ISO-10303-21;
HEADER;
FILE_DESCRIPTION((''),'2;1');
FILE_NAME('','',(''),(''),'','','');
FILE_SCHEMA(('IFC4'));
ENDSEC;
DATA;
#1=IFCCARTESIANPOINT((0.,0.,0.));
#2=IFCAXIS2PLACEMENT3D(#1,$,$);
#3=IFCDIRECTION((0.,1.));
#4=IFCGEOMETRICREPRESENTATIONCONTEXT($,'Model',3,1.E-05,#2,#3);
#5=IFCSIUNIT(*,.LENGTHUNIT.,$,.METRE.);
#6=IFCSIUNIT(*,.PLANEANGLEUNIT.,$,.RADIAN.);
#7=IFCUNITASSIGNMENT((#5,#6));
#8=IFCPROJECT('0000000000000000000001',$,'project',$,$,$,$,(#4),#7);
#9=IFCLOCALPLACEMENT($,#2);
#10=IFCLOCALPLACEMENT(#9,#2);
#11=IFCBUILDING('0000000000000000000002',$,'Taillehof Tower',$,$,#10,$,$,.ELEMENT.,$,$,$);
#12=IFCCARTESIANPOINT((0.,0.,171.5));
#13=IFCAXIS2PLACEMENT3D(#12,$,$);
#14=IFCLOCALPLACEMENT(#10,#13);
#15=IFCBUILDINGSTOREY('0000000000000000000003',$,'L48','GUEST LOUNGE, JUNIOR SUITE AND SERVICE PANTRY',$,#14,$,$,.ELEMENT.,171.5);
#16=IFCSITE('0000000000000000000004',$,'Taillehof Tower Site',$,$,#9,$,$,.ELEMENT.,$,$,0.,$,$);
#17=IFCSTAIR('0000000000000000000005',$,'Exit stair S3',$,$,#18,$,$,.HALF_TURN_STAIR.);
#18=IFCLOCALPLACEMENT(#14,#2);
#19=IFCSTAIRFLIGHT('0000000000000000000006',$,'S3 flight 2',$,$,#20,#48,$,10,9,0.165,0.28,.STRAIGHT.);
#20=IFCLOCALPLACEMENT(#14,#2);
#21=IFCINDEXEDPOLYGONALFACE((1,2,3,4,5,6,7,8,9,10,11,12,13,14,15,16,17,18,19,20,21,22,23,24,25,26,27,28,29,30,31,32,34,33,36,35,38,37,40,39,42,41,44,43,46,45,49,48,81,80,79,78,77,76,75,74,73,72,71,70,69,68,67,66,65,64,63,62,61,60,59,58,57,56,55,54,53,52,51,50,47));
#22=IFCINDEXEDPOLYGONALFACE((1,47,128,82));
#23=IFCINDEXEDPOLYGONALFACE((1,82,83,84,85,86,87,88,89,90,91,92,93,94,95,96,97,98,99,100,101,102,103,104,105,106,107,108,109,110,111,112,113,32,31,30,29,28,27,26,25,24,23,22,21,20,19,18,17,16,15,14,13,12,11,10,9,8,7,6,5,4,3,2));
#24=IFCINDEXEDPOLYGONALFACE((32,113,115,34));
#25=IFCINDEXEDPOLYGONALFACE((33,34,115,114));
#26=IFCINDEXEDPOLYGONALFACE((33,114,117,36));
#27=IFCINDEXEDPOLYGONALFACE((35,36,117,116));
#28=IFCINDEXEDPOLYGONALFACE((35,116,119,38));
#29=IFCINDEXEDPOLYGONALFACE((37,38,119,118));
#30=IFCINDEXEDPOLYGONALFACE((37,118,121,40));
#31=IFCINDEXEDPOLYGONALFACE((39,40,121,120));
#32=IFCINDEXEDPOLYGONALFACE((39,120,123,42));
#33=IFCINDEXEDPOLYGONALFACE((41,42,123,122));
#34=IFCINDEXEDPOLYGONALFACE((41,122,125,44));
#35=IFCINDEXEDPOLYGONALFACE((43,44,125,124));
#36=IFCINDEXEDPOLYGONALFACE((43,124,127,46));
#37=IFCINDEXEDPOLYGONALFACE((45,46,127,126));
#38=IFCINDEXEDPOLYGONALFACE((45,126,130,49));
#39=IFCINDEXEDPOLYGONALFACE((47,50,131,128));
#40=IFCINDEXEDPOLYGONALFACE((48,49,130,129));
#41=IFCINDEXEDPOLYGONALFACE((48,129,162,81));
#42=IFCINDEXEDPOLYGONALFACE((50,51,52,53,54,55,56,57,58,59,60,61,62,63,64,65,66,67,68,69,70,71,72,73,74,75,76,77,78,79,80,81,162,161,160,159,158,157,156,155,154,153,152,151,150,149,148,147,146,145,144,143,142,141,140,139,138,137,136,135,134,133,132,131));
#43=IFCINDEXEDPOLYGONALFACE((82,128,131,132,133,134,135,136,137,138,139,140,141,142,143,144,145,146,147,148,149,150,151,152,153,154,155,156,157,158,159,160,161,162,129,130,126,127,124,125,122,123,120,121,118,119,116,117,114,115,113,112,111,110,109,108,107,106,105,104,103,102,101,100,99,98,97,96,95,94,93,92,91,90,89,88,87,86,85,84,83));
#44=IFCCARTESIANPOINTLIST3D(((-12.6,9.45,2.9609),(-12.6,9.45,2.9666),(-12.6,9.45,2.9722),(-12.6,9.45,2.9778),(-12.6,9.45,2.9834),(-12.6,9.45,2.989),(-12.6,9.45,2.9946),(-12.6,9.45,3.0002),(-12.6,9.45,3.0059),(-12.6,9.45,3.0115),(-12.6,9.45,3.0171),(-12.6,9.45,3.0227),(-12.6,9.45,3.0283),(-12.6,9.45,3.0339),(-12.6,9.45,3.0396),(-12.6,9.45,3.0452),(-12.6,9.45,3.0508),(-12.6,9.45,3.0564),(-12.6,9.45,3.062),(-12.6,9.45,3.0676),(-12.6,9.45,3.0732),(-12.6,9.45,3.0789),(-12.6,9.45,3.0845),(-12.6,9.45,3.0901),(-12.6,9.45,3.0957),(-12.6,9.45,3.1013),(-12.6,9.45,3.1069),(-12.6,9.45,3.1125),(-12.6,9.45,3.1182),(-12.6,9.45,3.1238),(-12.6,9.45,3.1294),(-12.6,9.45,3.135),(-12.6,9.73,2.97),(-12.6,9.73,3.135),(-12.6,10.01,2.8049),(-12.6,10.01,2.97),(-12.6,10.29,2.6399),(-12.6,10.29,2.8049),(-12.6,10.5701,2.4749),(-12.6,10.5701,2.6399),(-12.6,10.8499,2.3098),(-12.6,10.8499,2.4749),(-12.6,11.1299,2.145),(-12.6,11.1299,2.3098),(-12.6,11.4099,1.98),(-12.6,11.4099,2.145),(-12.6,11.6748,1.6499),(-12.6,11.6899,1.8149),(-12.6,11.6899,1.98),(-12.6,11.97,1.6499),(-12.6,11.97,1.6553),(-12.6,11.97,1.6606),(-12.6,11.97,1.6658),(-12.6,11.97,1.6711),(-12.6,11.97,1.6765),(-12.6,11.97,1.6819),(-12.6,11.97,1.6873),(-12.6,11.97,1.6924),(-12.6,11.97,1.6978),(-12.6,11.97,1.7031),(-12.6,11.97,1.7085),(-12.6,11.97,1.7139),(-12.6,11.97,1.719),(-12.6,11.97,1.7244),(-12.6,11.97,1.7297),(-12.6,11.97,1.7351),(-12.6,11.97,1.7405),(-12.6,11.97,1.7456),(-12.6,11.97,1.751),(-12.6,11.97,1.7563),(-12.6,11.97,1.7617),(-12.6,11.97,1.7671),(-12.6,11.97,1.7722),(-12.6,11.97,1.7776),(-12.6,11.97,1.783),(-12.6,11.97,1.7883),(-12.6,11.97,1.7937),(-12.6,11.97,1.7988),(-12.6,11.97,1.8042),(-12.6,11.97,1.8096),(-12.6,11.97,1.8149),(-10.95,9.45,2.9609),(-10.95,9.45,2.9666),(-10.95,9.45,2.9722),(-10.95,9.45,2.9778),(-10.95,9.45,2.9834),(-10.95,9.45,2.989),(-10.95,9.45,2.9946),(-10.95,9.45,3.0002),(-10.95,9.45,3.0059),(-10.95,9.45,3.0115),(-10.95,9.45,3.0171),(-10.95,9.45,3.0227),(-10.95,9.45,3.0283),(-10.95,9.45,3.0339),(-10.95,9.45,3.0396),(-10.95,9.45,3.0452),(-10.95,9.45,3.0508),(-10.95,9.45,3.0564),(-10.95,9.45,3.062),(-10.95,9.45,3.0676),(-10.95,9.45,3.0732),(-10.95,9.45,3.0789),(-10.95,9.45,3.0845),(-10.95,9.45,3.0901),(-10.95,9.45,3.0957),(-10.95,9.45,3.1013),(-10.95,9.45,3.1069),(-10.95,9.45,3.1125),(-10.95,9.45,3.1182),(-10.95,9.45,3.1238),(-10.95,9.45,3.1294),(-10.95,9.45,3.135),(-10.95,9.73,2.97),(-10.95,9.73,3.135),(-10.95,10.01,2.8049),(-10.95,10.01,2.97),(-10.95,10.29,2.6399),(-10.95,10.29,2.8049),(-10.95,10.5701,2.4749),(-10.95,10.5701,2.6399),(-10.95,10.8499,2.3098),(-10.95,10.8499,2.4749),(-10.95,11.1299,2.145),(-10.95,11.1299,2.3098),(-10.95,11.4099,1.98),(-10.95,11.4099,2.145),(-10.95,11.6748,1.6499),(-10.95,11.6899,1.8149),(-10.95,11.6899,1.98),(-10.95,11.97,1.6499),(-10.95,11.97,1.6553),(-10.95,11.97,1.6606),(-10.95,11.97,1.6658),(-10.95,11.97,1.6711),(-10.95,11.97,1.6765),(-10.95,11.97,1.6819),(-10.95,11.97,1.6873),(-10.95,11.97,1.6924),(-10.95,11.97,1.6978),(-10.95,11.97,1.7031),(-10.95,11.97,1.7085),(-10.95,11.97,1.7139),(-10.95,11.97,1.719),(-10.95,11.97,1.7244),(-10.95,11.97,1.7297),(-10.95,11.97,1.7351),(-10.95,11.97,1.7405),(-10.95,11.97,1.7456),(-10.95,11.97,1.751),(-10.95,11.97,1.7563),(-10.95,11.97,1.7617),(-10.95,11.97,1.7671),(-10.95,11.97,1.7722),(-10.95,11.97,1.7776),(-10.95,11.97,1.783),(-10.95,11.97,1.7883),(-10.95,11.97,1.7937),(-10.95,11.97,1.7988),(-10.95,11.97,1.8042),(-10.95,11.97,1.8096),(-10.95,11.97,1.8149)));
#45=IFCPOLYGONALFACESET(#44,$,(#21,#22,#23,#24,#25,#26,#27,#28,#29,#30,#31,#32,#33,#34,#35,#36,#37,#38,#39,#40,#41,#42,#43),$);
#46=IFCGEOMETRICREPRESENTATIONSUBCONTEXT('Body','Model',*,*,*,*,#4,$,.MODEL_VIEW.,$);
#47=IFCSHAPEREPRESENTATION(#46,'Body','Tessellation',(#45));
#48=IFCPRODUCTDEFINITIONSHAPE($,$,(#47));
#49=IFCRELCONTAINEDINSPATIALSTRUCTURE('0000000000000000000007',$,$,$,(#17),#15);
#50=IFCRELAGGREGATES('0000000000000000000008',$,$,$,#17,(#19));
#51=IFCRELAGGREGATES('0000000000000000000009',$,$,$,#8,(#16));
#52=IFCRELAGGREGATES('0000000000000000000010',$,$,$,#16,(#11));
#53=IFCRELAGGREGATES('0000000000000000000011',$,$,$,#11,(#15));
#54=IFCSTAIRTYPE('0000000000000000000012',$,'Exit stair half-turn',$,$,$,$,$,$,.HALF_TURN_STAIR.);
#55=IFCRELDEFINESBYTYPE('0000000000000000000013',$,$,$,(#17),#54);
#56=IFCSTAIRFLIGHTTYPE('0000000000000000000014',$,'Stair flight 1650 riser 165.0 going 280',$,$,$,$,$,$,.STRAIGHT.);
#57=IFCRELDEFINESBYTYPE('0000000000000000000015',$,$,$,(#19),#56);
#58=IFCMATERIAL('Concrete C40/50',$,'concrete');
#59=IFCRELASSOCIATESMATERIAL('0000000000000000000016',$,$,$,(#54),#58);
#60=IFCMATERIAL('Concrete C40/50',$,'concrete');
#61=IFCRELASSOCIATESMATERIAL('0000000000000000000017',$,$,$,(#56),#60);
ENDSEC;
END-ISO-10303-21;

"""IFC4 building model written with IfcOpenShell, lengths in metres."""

from ifc_helpers import new_model, si_unit, direction, frame, origin, place, context, subcontext, project, spatial, polyline, outline, extrude, material, type_object, element, aggregate, save


model = new_model("IFC4")

# Units and contexts
model_context = context("Model", 3, precision=1e-05, world=origin(), true_north=direction((0.0, 1.0)))
body_context = subcontext(model_context, "Body", "Model", "MODEL_VIEW")
ifc_project = project(units=[si_unit("LENGTHUNIT", "METRE"), si_unit("PLANEANGLEUNIT", "RADIAN")], contexts=[model_context])

# Site, building, storey
site_placement = place(None, origin())
site = spatial("IfcSite", under=ifc_project, at=site_placement, Name="Taillehof Tower Site", CompositionType="ELEMENT", RefElevation=0.0)
building_placement = place(site_placement, origin())
building = spatial("IfcBuilding", under=site, at=building_placement, Name="Taillehof Tower", CompositionType="ELEMENT")
storey_placement = place(building_placement, frame((0.0, 0.0, 171.5)))
storey = spatial("IfcBuildingStorey", under=building, at=storey_placement, Name="L48", Description="GUEST LOUNGE, JUNIOR SUITE AND SERVICE PANTRY", CompositionType="ELEMENT", Elevation=171.5)

# Stair, stair flight
ifc_material_1 = material(Name="Concrete C40/50", Category="concrete")
stair_type = type_object("IfcStairType", Name="Exit stair half-turn", PredefinedType="HALF_TURN_STAIR", material=ifc_material_1)
stair_placement = place(storey_placement, origin())
stair = element("IfcStair", 1, at=stair_placement, inside=storey, type_object=stair_type, Name="Exit stair S3", PredefinedType="HALF_TURN_STAIR")
ifc_material_2 = material(Name="Concrete C40/50", Category="concrete")
stair_flight_type = type_object("IfcStairFlightType", Name="Stair flight 1650 riser 165.0 going 280", PredefinedType="STRAIGHT", material=ifc_material_2)
stair_flight_placement = place(storey_placement, frame((-11.7749, 11.97, 1.6499), z_axis=(0.0, 0.0, 1.0), x_axis=(0.0, -1.0, 0.0)))
stair_flight = element("IfcStairFlight", 2, at=stair_flight_placement, type_object=stair_flight_type, Name="S3 flight 2", NumberOfRisers=10, NumberOfTreads=9, PredefinedType="STRAIGHT", RiserHeight=0.165, TreadLength=0.28, context=body_context, shape_type="SweptSolid", body=[
    extrude(outline(polyline([(0.0, 0.0), (0.0, 0.0054), (0.0, 0.0107), (0.0, 0.0159), (0.0, 0.0212), (0.0, 0.0266), (0.0, 0.032), (0.0, 0.0374), (0.0, 0.0425), (0.0, 0.0479), (0.0, 0.0532), (0.0, 0.0586), (0.0, 0.064), (0.0, 0.0691), (0.0, 0.0745), (0.0, 0.0798), (0.0, 0.0852), (0.0, 0.0906), (0.0, 0.0957), (0.0, 0.1011), (0.0, 0.1064), (0.0, 0.1118), (0.0, 0.1172), (0.0, 0.1223), (0.0, 0.1277), (0.0, 0.1331), (0.0, 0.1384), (0.0, 0.1438), (0.0, 0.1489), (0.0, 0.1543), (0.0, 0.1597), (0.0, 0.165), (0.28, 0.165), (0.28, 0.3301), (0.5601, 0.3301), (0.5601, 0.4951), (0.8401, 0.4951), (0.8401, 0.6599), (1.1201, 0.6599), (1.1201, 0.825), (1.3999, 0.825), (1.3999, 0.99), (1.6799, 0.99), (1.6799, 1.155), (1.96, 1.155), (1.96, 1.3201), (2.24, 1.3201), (2.24, 1.4851), (2.52, 1.4851), (2.52, 1.4795), (2.52, 1.4739), (2.52, 1.4683), (2.52, 1.4626), (2.52, 1.457), (2.52, 1.4514), (2.52, 1.4458), (2.52, 1.4402), (2.52, 1.4346), (2.52, 1.429), (2.52, 1.4233), (2.52, 1.4177), (2.52, 1.4121), (2.52, 1.4065), (2.52, 1.4009), (2.52, 1.3953), (2.52, 1.3896), (2.52, 1.384), (2.52, 1.3784), (2.52, 1.3728), (2.52, 1.3672), (2.52, 1.3616), (2.52, 1.356), (2.52, 1.3503), (2.52, 1.3447), (2.52, 1.3391), (2.52, 1.3335), (2.52, 1.3279), (2.52, 1.3223), (2.52, 1.3167), (2.52, 1.311), (0.2952, 0.0), (0.0, 0.0)])), frame((0.0, 0.825, 0.0), z_axis=(0.0, -1.0, 0.0), x_axis=(1.0, 0.0, 0.0)), (0.0, 0.0, 1.0), 1.65),
])
aggregate(stair, [stair_flight])

save(model, "model.ifc")
